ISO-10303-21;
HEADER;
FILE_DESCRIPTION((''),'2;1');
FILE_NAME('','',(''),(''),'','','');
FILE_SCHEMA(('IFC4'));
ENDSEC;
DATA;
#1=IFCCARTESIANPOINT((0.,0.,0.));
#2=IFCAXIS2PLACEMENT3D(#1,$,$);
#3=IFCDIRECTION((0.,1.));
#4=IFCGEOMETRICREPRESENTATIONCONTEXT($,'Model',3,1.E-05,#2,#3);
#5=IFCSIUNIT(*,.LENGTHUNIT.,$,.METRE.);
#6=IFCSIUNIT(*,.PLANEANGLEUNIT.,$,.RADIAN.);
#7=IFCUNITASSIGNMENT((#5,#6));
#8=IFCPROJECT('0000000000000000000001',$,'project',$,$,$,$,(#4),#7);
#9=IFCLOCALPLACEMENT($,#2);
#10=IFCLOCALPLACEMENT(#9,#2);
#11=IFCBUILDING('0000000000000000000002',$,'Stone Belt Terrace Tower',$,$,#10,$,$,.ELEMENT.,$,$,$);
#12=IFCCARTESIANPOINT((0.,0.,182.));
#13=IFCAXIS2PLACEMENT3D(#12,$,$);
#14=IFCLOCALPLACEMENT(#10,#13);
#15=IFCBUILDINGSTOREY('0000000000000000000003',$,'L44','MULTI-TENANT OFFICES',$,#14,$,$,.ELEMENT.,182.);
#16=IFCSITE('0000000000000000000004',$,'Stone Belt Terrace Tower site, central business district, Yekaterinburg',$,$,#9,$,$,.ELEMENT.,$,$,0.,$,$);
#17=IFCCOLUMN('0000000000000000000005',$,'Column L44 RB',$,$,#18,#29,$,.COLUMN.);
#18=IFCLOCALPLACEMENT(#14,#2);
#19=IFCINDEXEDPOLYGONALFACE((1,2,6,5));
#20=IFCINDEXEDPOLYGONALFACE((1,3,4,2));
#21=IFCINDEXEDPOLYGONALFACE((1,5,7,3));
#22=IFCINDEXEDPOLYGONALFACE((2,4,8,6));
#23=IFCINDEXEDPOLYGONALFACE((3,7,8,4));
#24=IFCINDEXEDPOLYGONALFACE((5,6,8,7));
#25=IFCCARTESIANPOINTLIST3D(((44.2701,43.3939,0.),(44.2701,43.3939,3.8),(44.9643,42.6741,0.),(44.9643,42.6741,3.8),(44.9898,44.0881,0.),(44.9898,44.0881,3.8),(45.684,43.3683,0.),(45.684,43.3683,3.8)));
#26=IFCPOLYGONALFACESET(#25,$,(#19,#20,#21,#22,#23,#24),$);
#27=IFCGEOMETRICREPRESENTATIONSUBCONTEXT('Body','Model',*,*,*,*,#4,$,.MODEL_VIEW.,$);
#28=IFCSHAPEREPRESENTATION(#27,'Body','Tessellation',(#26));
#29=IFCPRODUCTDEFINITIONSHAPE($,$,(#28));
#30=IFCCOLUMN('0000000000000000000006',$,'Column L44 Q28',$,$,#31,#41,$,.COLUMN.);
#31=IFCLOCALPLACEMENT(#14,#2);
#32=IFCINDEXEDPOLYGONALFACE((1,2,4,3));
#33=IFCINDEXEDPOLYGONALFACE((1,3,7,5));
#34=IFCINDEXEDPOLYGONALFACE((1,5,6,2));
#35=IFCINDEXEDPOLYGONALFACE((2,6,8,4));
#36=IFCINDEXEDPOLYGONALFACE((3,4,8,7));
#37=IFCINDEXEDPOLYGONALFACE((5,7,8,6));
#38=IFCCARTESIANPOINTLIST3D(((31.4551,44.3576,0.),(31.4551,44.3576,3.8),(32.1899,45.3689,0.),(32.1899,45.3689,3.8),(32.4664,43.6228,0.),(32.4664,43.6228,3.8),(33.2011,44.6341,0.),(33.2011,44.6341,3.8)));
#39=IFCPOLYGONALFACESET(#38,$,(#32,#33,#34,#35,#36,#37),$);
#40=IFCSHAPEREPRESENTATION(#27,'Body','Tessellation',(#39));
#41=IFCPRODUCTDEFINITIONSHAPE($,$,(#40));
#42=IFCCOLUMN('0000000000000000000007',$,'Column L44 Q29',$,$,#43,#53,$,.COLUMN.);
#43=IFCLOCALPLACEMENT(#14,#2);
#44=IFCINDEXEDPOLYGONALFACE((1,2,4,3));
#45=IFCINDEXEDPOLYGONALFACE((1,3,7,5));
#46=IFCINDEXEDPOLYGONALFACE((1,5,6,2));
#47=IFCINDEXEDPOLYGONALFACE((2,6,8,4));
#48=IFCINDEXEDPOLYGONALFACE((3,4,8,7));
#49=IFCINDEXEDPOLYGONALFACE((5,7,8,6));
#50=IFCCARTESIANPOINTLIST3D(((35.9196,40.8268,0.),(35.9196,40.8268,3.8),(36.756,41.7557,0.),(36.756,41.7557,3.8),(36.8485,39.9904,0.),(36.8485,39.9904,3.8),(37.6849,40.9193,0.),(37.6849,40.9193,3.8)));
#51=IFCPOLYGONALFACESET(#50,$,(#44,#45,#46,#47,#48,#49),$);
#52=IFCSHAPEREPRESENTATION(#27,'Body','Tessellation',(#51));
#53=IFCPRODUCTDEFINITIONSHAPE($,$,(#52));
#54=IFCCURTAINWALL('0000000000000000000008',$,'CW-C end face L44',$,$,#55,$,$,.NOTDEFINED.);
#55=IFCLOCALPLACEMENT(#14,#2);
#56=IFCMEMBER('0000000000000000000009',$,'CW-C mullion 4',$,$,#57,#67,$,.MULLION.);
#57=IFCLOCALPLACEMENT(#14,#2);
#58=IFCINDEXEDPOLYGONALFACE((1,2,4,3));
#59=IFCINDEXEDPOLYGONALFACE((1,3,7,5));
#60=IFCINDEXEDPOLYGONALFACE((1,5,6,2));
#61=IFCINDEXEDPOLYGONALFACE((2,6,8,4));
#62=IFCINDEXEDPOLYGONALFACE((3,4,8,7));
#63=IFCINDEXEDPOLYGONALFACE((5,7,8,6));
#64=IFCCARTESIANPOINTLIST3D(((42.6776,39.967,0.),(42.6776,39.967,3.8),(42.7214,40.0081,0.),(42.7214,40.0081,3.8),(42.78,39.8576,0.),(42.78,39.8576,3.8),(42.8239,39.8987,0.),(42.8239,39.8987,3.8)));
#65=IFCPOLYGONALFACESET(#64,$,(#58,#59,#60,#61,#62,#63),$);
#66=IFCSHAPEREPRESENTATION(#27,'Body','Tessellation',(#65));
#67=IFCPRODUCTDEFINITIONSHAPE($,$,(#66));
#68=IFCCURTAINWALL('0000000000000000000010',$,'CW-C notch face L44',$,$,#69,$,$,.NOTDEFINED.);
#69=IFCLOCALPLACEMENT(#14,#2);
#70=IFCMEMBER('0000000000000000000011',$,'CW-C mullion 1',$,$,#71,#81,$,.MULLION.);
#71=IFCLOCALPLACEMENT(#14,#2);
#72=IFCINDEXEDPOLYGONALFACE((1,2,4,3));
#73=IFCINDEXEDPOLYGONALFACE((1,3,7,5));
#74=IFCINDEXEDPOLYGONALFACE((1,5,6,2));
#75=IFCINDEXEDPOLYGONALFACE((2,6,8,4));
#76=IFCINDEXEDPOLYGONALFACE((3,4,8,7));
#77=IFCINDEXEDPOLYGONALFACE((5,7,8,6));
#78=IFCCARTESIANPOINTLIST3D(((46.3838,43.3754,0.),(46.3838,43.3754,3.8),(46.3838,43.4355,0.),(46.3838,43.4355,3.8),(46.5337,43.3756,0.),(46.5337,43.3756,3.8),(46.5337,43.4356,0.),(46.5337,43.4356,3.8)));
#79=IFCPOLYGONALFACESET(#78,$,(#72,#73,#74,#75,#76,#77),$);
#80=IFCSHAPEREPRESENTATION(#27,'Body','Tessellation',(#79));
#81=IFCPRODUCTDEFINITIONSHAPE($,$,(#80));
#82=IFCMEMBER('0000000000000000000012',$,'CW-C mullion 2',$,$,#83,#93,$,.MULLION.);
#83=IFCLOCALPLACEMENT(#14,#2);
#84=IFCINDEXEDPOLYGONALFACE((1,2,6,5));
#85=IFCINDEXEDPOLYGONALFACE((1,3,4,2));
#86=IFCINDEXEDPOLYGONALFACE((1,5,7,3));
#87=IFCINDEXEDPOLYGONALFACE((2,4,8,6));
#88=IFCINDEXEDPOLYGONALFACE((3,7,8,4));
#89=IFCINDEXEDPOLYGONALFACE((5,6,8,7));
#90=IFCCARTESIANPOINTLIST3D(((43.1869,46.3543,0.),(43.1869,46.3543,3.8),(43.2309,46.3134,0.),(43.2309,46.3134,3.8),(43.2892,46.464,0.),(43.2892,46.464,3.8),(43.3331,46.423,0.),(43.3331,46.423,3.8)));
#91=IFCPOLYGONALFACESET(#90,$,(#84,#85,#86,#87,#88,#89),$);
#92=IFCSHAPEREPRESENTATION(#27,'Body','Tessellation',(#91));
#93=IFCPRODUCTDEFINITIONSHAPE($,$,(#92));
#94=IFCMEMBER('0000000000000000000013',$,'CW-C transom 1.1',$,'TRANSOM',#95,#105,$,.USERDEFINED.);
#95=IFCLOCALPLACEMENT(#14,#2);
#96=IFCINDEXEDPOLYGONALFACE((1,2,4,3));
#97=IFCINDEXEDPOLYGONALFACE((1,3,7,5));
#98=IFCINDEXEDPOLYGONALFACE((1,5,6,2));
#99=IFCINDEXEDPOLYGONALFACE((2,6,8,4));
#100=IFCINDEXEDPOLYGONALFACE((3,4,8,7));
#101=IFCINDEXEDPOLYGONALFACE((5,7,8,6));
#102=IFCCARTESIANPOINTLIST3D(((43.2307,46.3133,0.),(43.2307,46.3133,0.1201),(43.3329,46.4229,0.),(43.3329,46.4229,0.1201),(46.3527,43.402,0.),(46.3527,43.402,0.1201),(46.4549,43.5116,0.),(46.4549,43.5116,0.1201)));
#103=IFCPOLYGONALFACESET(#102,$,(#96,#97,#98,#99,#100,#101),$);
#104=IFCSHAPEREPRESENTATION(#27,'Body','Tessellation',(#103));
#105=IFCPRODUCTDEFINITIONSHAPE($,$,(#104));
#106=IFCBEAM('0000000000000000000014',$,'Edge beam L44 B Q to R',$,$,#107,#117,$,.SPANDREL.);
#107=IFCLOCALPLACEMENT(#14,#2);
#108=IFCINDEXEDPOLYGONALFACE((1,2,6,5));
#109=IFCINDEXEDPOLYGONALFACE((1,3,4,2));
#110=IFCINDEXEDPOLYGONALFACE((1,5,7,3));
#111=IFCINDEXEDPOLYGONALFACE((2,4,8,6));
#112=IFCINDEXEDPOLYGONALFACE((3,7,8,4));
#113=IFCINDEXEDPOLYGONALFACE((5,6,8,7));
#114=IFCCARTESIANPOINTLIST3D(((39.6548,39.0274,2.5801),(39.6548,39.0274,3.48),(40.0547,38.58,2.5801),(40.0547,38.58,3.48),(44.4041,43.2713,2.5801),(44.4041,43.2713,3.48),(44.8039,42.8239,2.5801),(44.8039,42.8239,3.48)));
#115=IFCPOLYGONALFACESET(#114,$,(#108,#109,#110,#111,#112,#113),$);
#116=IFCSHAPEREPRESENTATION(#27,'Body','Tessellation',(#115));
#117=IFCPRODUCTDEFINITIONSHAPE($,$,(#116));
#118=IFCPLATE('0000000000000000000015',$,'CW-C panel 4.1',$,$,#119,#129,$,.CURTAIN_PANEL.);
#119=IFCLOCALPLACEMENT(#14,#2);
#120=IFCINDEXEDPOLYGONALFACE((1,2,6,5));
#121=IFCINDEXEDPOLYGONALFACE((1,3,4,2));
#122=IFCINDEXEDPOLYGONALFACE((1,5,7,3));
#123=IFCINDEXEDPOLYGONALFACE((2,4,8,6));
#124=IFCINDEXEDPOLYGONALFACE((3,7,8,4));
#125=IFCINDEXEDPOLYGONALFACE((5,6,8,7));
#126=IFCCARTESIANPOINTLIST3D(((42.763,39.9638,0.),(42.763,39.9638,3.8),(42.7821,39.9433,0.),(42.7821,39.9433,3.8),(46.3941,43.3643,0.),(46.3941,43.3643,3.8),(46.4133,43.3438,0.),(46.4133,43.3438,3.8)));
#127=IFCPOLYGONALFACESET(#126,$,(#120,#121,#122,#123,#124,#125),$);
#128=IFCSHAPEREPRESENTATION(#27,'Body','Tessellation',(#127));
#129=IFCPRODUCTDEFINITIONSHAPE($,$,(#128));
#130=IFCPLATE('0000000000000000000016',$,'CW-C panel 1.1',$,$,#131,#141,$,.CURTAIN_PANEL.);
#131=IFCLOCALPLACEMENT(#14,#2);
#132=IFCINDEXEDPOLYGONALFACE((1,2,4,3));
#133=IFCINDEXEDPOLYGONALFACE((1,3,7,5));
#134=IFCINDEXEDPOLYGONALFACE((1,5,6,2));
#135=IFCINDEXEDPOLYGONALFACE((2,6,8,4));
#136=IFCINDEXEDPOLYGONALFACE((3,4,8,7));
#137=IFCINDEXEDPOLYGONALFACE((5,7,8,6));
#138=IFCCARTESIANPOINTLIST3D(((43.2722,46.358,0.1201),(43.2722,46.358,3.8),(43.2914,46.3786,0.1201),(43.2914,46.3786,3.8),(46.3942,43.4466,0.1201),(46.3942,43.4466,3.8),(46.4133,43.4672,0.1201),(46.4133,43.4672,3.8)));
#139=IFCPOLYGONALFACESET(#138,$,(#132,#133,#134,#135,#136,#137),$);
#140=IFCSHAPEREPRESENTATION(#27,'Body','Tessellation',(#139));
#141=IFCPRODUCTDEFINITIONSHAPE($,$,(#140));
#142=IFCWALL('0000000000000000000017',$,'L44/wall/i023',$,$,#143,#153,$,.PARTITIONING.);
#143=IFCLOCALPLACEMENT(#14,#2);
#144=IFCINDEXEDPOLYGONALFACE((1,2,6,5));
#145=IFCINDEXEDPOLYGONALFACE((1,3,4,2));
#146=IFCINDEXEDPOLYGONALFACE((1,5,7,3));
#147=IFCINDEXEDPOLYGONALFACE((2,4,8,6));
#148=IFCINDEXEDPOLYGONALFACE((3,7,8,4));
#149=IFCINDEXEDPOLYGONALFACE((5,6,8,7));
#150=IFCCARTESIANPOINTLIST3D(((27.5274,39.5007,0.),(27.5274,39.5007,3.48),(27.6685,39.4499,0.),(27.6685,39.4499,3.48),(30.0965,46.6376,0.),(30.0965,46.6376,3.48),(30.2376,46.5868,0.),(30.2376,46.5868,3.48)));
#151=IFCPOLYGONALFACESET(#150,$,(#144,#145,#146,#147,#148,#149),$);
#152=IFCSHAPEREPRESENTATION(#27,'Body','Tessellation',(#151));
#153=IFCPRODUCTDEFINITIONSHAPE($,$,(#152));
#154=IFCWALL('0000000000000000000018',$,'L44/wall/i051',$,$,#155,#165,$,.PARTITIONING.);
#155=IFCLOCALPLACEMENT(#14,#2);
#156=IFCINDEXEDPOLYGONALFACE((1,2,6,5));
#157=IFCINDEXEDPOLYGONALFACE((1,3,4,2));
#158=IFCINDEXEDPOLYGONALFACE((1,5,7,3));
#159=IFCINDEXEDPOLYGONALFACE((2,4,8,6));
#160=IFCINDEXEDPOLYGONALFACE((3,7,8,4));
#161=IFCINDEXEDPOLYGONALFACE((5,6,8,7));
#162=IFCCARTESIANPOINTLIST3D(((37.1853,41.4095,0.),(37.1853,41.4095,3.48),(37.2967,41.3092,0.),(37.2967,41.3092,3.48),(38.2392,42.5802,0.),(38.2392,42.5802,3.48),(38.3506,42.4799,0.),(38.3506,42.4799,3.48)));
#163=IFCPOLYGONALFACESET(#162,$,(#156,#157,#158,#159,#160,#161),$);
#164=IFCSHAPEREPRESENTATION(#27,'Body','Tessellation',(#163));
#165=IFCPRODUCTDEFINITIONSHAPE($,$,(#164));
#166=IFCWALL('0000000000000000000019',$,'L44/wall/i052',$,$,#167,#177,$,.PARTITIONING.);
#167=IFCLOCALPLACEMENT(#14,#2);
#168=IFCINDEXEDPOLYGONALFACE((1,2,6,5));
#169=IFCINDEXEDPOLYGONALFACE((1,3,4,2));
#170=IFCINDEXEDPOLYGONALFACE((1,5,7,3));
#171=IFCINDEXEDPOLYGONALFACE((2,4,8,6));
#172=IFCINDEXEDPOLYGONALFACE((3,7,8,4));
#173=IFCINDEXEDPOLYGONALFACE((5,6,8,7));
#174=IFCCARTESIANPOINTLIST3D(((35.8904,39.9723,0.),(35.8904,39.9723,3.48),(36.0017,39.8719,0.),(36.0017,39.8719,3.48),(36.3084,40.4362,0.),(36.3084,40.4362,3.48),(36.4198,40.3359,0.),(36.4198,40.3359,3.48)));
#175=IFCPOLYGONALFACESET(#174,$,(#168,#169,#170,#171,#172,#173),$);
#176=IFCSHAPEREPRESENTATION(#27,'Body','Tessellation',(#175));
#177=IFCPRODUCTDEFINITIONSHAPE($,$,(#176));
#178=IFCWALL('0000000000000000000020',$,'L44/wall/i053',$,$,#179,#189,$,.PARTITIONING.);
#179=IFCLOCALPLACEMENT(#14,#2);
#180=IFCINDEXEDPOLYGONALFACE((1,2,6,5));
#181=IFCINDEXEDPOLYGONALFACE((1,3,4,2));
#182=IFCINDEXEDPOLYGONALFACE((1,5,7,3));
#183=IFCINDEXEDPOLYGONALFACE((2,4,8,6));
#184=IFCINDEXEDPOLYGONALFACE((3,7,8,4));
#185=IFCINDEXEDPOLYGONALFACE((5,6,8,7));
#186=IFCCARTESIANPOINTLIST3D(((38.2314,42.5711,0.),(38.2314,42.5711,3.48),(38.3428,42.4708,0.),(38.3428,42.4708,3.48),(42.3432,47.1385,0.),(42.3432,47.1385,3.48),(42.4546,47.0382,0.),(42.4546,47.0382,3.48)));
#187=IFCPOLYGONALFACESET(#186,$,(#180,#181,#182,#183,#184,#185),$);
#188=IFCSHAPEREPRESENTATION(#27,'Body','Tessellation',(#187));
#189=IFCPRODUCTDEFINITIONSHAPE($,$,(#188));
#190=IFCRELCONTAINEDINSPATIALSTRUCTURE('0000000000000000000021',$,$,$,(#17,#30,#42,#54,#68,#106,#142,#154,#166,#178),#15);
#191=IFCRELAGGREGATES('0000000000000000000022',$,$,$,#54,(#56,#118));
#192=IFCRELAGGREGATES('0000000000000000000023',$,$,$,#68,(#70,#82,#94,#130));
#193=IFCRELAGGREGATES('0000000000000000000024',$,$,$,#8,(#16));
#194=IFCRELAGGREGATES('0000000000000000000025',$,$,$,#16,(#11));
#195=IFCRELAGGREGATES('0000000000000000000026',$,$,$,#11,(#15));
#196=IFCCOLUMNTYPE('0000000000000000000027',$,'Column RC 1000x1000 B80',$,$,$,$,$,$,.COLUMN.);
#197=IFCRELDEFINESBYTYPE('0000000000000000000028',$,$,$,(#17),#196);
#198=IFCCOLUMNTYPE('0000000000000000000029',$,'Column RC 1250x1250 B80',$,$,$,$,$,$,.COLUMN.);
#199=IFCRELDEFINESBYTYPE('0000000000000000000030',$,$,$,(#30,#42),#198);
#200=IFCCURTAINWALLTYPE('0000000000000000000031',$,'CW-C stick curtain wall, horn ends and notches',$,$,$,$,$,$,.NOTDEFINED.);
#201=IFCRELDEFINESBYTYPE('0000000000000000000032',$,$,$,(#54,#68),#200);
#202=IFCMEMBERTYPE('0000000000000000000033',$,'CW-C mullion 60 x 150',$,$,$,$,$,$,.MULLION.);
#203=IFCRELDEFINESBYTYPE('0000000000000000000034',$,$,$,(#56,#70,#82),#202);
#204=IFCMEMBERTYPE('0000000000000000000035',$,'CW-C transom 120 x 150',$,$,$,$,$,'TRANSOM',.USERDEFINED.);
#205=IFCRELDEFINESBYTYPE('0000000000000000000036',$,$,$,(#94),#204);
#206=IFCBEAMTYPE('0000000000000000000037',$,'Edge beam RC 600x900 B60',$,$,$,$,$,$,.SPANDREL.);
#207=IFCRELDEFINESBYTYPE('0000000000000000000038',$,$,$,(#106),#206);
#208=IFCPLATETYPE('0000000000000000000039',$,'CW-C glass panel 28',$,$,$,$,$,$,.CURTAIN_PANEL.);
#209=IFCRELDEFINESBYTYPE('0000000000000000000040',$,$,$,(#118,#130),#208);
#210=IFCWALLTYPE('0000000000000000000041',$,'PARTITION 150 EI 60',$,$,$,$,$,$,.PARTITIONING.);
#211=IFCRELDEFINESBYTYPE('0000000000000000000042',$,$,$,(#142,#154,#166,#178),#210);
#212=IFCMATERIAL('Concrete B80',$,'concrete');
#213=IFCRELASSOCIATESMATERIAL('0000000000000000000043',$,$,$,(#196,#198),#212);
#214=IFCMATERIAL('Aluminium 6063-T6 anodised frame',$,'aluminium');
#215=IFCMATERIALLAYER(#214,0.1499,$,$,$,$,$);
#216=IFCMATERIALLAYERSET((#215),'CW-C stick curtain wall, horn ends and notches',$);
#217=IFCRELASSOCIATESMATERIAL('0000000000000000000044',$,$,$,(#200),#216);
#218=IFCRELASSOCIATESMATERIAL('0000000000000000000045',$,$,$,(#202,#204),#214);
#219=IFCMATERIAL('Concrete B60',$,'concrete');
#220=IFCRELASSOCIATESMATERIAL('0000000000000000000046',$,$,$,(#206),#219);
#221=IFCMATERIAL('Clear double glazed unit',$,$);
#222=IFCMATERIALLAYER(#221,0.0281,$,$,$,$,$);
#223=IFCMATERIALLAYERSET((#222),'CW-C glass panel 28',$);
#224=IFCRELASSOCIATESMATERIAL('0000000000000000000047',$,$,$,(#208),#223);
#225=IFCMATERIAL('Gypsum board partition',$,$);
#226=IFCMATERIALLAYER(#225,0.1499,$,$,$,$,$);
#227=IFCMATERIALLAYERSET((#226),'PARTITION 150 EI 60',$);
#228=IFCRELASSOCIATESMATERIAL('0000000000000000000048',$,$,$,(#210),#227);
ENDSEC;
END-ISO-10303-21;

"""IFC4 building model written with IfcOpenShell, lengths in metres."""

from ifc_helpers import new_model, si_unit, direction, frame, frame_2d, origin, origin_2d, place, context, subcontext, project, spatial, rectangle, extrude, material, layer, layer_set, material_profile, profile_set, type_object, element, aggregate, save


model = new_model("IFC4")

# Units and contexts
model_context = context("Model", 3, precision=1e-05, world=origin(), true_north=direction((0.0, 1.0)))
body_context = subcontext(model_context, "Body", "Model", "MODEL_VIEW")
ifc_project = project(units=[si_unit("LENGTHUNIT", "METRE"), si_unit("PLANEANGLEUNIT", "RADIAN")], contexts=[model_context])

# Site, building, storey
site_placement = place(None, origin())
site = spatial("IfcSite", under=ifc_project, at=site_placement, Name="Stone Belt Terrace Tower site, central business district, Yekaterinburg", CompositionType="ELEMENT", RefElevation=0.0)
building_placement = place(site_placement, origin())
building = spatial("IfcBuilding", under=site, at=building_placement, Name="Stone Belt Terrace Tower", CompositionType="ELEMENT")
storey_placement = place(building_placement, frame((0.0, 0.0, 182.0)))
storey = spatial("IfcBuildingStorey", under=building, at=storey_placement, Name="L44", Description="MULTI-TENANT OFFICES", CompositionType="ELEMENT", Elevation=182.0)

# Columns
ifc_material_1 = material(Name="Concrete B80", Category="concrete")
ifc_material_profile_1 = material_profile(ifc_material_1, rectangle(XDim=1.0, YDim=1.0, at=origin_2d()), Name="RC 1000x1000")
ifc_profile_set_1 = profile_set([ifc_material_profile_1], Name="Concrete B80")
column_type_1 = type_object("IfcColumnType", Name="Column RC 1000x1000 B80", PredefinedType="COLUMN", material=ifc_profile_set_1)
column_placement = place(storey_placement, frame((44.9771, 43.3811, 0.0), z_axis=(0.0, 0.0, 1.0), x_axis=(0.694221, -0.719762, 0.0)))
element("IfcColumn", 1, at=column_placement, inside=storey, type_object=column_type_1, Name="Column L44 RB", PredefinedType="COLUMN", context=body_context, shape_type="SweptSolid", body=[
    extrude(rectangle(XDim=1.0, YDim=1.0, at=origin_2d()), origin(), (0.0, 0.0, 1.0), 3.8),
])
ifc_material_profile_2 = material_profile(ifc_material_1, rectangle(XDim=1.25, YDim=1.25, at=origin_2d()), Name="RC 1250x1250")
ifc_profile_set_2 = profile_set([ifc_material_profile_2], Name="Concrete B80")
column_type_2 = type_object("IfcColumnType", Name="Column RC 1250x1250 B80", PredefinedType="COLUMN", material=ifc_profile_set_2)
for number, where, z_axis, x_axis, name in (
    (2, (32.3281, 44.4958, 0.0), (0.0, 0.0, 1.0), (0.809017, -0.587785, 0.0), "Column L44 Q28"),
    (3, (36.8022, 40.873, 0.0), (0.0, 0.0, 1.0), (0.743145, -0.669131, 0.0), "Column L44 Q29"),
):
    element("IfcColumn", number, at=place(storey_placement, frame(where, z_axis=z_axis, x_axis=x_axis)), inside=storey, type_object=column_type_2, Name=name, PredefinedType="COLUMN", context=body_context, shape_type="SweptSolid", body=[
        extrude(rectangle(XDim=1.25, YDim=1.25, at=origin_2d()), origin(), (0.0, 0.0, 1.0), 3.8),
    ])

# Curtain wall, member
ifc_material_2 = material(Name="Aluminium 6063-T6 anodised frame", Category="aluminium")
ifc_layer_1 = layer(ifc_material_2, 0.1499)
ifc_layer_set_1 = layer_set([ifc_layer_1], Name="CW-C stick curtain wall, horn ends and notches")
curtain_wall_type = type_object("IfcCurtainWallType", Name="CW-C stick curtain wall, horn ends and notches", PredefinedType="NOTDEFINED", material=ifc_layer_set_1)
curtain_wall_1_placement = place(storey_placement, origin())
curtain_wall_1 = element("IfcCurtainWall", 4, at=curtain_wall_1_placement, inside=storey, type_object=curtain_wall_type, Name="CW-C end face L44", PredefinedType="NOTDEFINED")
ifc_material_profile_3 = material_profile(ifc_material_2, rectangle(XDim=0.1499, YDim=0.0601, at=origin_2d()), Name="Aluminium 6063-T6 60x150")
ifc_profile_set_3 = profile_set([ifc_material_profile_3], Name="Aluminium 6063-T6 anodised frame")
member_type_1 = type_object("IfcMemberType", Name="CW-C mullion 60 x 150", PredefinedType="MULLION", material=ifc_profile_set_3)
member_1_placement = place(storey_placement, frame((42.7507, 39.9329, 0.0), z_axis=(0.0, 0.0, 1.0), x_axis=(-0.683549, 0.729904, 0.0)))
member_1 = element("IfcMember", 5, at=member_1_placement, type_object=member_type_1, Name="CW-C mullion 4", PredefinedType="MULLION", context=body_context, shape_type="SweptSolid", body=[
    extrude(rectangle(XDim=0.1499, YDim=0.0601, at=origin_2d()), origin(), (0.0, 0.0, 1.0), 3.8),
])

# Curtain wall, members
curtain_wall_2_placement = place(storey_placement, origin())
curtain_wall_2 = element("IfcCurtainWall", 6, at=curtain_wall_2_placement, inside=storey, type_object=curtain_wall_type, Name="CW-C notch face L44", PredefinedType="NOTDEFINED")
member_2_placement = place(storey_placement, frame((46.4587, 43.4055, 0.0), z_axis=(0.0, 0.0, 1.0), x_axis=(-0.999999, -0.001051, 0.0)))
member_2 = element("IfcMember", 7, at=member_2_placement, type_object=member_type_1, Name="CW-C mullion 1", PredefinedType="MULLION", context=body_context, shape_type="SweptSolid", body=[
    extrude(rectangle(XDim=0.1499, YDim=0.0601, at=origin_2d()), origin(), (0.0, 0.0, 1.0), 3.8),
])
member_3_placement = place(storey_placement, frame((43.26, 46.3887, 0.0), z_axis=(0.0, 0.0, 1.0), x_axis=(-0.682014, -0.731339, 0.0)))
member_3 = element("IfcMember", 8, at=member_3_placement, type_object=member_type_1, Name="CW-C mullion 2", PredefinedType="MULLION", context=body_context, shape_type="SweptSolid", body=[
    extrude(rectangle(XDim=0.1499, YDim=0.0601, at=origin_2d()), origin(), (0.0, 0.0, 1.0), 3.8),
])
ifc_material_profile_4 = material_profile(ifc_material_2, rectangle(XDim=0.1499, YDim=0.1201, at=origin_2d()), Name="Aluminium 6063-T6 150x120")
ifc_profile_set_4 = profile_set([ifc_material_profile_4], Name="Aluminium 6063-T6 anodised frame")
member_type_2 = type_object("IfcMemberType", Name="CW-C transom 120 x 150", ElementType="TRANSOM", PredefinedType="USERDEFINED", material=ifc_profile_set_4)
member_4_placement = place(storey_placement, frame((46.4038, 43.4568, 0.0601), z_axis=(-0.731354, 0.681998, 0.0), x_axis=(-0.681998, -0.731354, 0.0)))
member_4 = element("IfcMember", 9, at=member_4_placement, type_object=member_type_2, Name="CW-C transom 1.1", ObjectType="TRANSOM", PredefinedType="USERDEFINED", context=body_context, shape_type="SweptSolid", body=[
    extrude(rectangle(XDim=0.1499, YDim=0.1201, at=origin_2d()), origin(), (0.0, 0.0, 1.0), 4.2688),
])

# Beam
ifc_material_3 = material(Name="Concrete B60", Category="concrete")
ifc_material_profile_5 = material_profile(ifc_material_3, rectangle(XDim=0.6001, YDim=0.8999, at=origin_2d()), Name="RC 600x900")
ifc_profile_set_5 = profile_set([ifc_material_profile_5], Name="Concrete B60")
beam_type = type_object("IfcBeamType", Name="Edge beam RC 600x900 B60", PredefinedType="SPANDREL", material=ifc_profile_set_5)
beam_placement = place(storey_placement, frame((39.8547, 38.8037, 3.03), z_axis=(0.745666, 0.66632, 0.0), x_axis=(-0.66632, 0.745666, 0.0)))
element("IfcBeam", 10, at=beam_placement, inside=storey, type_object=beam_type, Name="Edge beam L44 B Q to R", PredefinedType="SPANDREL", context=body_context, shape_type="SweptSolid", body=[
    extrude(rectangle(XDim=0.6001, YDim=0.8999, at=origin_2d()), origin(), (0.0, 0.0, 1.0), 6.3691),
])

# Plates
ifc_material_4 = material(Name="Clear double glazed unit")
ifc_layer_2 = layer(ifc_material_4, 0.0281)
ifc_layer_set_2 = layer_set([ifc_layer_2], Name="CW-C glass panel 28")
plate_type = type_object("IfcPlateType", Name="CW-C glass panel 28", PredefinedType="CURTAIN_PANEL", material=ifc_layer_set_2)
plate_1_placement = place(storey_placement, frame((44.5881, 41.6538, 0.0), z_axis=(0.0, 0.0, 1.0), x_axis=(0.729904, 0.683549, 0.0)))
plate_1 = element("IfcPlate", 11, at=plate_1_placement, type_object=plate_type, Name="CW-C panel 4.1", PredefinedType="CURTAIN_PANEL", context=body_context, shape_type="SweptSolid", body=[
    extrude(rectangle(XDim=4.9749, YDim=0.0281, at=origin_2d()), origin(), (0.0, 0.0, 1.0), 3.8),
])
aggregate(curtain_wall_1, [member_1, plate_1])
plate_2_placement = place(storey_placement, frame((44.8428, 44.9126, 0.1201), z_axis=(0.0, 0.0, 1.0), x_axis=(-0.731339, 0.682014, 0.0)))
plate_2 = element("IfcPlate", 12, at=plate_2_placement, type_object=plate_type, Name="CW-C panel 1.1", PredefinedType="CURTAIN_PANEL", context=body_context, shape_type="SweptSolid", body=[
    extrude(rectangle(XDim=4.2688, YDim=0.0281, at=origin_2d()), origin(), (0.0, 0.0, 1.0), 3.6799),
])
aggregate(curtain_wall_2, [member_2, member_3, member_4, plate_2])

# Walls
ifc_material_5 = material(Name="Gypsum board partition")
ifc_layer_3 = layer(ifc_material_5, 0.1499)
ifc_layer_set_3 = layer_set([ifc_layer_3], Name="PARTITION 150 EI 60")
wall_type_1 = type_object("IfcWallType", Name="PARTITION 150 EI 60", PredefinedType="PARTITIONING", material=ifc_layer_set_3)
wall_1_placement = place(storey_placement, frame((30.167, 46.6121, 0.0), z_axis=(0.0, 0.0, 1.0), x_axis=(-0.338694, -0.940896, 0.0)))
element("IfcWall", 13, at=wall_1_placement, inside=storey, type_object=wall_type_1, Name="L44/wall/i023", PredefinedType="PARTITIONING", context=body_context, shape_type="SweptSolid", body=[
    extrude(rectangle(XDim=7.5852, YDim=0.1499, at=frame_2d((3.7925, 0.0))), origin(), (0.0, 0.0, 1.0), 3.48),
])
wall_2_placement = place(storey_placement, frame((37.241, 41.3594, 0.0), z_axis=(0.0, 0.0, 1.0), x_axis=(0.669093, 0.743179, 0.0)))
element("IfcWall", 14, at=wall_2_placement, inside=storey, type_object=wall_type_1, Name="L44/wall/i051", PredefinedType="PARTITIONING", context=body_context, shape_type="SweptSolid", body=[
    extrude(rectangle(XDim=1.5752, YDim=0.1499, at=frame_2d((0.7876, 0.0))), origin(), (0.0, 0.0, 1.0), 3.48),
])
wall_3_placement = place(storey_placement, frame((35.946, 39.9221, 0.0), z_axis=(0.0, 0.0, 1.0), x_axis=(0.669397, 0.742905, 0.0)))
element("IfcWall", 15, at=wall_3_placement, inside=storey, type_object=wall_type_1, Name="L44/wall/i052", PredefinedType="PARTITIONING", context=body_context, shape_type="SweptSolid", body=[
    extrude(rectangle(XDim=0.6245, YDim=0.1499, at=frame_2d((0.3123, 0.0))), origin(), (0.0, 0.0, 1.0), 3.48),
])
wall_4_placement = place(storey_placement, frame((38.2871, 42.521, 0.0), z_axis=(0.0, 0.0, 1.0), x_axis=(0.66907, 0.743199, 0.0)))
element("IfcWall", 16, at=wall_4_placement, inside=storey, type_object=wall_type_1, Name="L44/wall/i053", PredefinedType="PARTITIONING", context=body_context, shape_type="SweptSolid", body=[
    extrude(rectangle(XDim=6.1455, YDim=0.1499, at=frame_2d((3.0728, 0.0))), origin(), (0.0, 0.0, 1.0), 3.48),
])

save(model, "model.ifc")
